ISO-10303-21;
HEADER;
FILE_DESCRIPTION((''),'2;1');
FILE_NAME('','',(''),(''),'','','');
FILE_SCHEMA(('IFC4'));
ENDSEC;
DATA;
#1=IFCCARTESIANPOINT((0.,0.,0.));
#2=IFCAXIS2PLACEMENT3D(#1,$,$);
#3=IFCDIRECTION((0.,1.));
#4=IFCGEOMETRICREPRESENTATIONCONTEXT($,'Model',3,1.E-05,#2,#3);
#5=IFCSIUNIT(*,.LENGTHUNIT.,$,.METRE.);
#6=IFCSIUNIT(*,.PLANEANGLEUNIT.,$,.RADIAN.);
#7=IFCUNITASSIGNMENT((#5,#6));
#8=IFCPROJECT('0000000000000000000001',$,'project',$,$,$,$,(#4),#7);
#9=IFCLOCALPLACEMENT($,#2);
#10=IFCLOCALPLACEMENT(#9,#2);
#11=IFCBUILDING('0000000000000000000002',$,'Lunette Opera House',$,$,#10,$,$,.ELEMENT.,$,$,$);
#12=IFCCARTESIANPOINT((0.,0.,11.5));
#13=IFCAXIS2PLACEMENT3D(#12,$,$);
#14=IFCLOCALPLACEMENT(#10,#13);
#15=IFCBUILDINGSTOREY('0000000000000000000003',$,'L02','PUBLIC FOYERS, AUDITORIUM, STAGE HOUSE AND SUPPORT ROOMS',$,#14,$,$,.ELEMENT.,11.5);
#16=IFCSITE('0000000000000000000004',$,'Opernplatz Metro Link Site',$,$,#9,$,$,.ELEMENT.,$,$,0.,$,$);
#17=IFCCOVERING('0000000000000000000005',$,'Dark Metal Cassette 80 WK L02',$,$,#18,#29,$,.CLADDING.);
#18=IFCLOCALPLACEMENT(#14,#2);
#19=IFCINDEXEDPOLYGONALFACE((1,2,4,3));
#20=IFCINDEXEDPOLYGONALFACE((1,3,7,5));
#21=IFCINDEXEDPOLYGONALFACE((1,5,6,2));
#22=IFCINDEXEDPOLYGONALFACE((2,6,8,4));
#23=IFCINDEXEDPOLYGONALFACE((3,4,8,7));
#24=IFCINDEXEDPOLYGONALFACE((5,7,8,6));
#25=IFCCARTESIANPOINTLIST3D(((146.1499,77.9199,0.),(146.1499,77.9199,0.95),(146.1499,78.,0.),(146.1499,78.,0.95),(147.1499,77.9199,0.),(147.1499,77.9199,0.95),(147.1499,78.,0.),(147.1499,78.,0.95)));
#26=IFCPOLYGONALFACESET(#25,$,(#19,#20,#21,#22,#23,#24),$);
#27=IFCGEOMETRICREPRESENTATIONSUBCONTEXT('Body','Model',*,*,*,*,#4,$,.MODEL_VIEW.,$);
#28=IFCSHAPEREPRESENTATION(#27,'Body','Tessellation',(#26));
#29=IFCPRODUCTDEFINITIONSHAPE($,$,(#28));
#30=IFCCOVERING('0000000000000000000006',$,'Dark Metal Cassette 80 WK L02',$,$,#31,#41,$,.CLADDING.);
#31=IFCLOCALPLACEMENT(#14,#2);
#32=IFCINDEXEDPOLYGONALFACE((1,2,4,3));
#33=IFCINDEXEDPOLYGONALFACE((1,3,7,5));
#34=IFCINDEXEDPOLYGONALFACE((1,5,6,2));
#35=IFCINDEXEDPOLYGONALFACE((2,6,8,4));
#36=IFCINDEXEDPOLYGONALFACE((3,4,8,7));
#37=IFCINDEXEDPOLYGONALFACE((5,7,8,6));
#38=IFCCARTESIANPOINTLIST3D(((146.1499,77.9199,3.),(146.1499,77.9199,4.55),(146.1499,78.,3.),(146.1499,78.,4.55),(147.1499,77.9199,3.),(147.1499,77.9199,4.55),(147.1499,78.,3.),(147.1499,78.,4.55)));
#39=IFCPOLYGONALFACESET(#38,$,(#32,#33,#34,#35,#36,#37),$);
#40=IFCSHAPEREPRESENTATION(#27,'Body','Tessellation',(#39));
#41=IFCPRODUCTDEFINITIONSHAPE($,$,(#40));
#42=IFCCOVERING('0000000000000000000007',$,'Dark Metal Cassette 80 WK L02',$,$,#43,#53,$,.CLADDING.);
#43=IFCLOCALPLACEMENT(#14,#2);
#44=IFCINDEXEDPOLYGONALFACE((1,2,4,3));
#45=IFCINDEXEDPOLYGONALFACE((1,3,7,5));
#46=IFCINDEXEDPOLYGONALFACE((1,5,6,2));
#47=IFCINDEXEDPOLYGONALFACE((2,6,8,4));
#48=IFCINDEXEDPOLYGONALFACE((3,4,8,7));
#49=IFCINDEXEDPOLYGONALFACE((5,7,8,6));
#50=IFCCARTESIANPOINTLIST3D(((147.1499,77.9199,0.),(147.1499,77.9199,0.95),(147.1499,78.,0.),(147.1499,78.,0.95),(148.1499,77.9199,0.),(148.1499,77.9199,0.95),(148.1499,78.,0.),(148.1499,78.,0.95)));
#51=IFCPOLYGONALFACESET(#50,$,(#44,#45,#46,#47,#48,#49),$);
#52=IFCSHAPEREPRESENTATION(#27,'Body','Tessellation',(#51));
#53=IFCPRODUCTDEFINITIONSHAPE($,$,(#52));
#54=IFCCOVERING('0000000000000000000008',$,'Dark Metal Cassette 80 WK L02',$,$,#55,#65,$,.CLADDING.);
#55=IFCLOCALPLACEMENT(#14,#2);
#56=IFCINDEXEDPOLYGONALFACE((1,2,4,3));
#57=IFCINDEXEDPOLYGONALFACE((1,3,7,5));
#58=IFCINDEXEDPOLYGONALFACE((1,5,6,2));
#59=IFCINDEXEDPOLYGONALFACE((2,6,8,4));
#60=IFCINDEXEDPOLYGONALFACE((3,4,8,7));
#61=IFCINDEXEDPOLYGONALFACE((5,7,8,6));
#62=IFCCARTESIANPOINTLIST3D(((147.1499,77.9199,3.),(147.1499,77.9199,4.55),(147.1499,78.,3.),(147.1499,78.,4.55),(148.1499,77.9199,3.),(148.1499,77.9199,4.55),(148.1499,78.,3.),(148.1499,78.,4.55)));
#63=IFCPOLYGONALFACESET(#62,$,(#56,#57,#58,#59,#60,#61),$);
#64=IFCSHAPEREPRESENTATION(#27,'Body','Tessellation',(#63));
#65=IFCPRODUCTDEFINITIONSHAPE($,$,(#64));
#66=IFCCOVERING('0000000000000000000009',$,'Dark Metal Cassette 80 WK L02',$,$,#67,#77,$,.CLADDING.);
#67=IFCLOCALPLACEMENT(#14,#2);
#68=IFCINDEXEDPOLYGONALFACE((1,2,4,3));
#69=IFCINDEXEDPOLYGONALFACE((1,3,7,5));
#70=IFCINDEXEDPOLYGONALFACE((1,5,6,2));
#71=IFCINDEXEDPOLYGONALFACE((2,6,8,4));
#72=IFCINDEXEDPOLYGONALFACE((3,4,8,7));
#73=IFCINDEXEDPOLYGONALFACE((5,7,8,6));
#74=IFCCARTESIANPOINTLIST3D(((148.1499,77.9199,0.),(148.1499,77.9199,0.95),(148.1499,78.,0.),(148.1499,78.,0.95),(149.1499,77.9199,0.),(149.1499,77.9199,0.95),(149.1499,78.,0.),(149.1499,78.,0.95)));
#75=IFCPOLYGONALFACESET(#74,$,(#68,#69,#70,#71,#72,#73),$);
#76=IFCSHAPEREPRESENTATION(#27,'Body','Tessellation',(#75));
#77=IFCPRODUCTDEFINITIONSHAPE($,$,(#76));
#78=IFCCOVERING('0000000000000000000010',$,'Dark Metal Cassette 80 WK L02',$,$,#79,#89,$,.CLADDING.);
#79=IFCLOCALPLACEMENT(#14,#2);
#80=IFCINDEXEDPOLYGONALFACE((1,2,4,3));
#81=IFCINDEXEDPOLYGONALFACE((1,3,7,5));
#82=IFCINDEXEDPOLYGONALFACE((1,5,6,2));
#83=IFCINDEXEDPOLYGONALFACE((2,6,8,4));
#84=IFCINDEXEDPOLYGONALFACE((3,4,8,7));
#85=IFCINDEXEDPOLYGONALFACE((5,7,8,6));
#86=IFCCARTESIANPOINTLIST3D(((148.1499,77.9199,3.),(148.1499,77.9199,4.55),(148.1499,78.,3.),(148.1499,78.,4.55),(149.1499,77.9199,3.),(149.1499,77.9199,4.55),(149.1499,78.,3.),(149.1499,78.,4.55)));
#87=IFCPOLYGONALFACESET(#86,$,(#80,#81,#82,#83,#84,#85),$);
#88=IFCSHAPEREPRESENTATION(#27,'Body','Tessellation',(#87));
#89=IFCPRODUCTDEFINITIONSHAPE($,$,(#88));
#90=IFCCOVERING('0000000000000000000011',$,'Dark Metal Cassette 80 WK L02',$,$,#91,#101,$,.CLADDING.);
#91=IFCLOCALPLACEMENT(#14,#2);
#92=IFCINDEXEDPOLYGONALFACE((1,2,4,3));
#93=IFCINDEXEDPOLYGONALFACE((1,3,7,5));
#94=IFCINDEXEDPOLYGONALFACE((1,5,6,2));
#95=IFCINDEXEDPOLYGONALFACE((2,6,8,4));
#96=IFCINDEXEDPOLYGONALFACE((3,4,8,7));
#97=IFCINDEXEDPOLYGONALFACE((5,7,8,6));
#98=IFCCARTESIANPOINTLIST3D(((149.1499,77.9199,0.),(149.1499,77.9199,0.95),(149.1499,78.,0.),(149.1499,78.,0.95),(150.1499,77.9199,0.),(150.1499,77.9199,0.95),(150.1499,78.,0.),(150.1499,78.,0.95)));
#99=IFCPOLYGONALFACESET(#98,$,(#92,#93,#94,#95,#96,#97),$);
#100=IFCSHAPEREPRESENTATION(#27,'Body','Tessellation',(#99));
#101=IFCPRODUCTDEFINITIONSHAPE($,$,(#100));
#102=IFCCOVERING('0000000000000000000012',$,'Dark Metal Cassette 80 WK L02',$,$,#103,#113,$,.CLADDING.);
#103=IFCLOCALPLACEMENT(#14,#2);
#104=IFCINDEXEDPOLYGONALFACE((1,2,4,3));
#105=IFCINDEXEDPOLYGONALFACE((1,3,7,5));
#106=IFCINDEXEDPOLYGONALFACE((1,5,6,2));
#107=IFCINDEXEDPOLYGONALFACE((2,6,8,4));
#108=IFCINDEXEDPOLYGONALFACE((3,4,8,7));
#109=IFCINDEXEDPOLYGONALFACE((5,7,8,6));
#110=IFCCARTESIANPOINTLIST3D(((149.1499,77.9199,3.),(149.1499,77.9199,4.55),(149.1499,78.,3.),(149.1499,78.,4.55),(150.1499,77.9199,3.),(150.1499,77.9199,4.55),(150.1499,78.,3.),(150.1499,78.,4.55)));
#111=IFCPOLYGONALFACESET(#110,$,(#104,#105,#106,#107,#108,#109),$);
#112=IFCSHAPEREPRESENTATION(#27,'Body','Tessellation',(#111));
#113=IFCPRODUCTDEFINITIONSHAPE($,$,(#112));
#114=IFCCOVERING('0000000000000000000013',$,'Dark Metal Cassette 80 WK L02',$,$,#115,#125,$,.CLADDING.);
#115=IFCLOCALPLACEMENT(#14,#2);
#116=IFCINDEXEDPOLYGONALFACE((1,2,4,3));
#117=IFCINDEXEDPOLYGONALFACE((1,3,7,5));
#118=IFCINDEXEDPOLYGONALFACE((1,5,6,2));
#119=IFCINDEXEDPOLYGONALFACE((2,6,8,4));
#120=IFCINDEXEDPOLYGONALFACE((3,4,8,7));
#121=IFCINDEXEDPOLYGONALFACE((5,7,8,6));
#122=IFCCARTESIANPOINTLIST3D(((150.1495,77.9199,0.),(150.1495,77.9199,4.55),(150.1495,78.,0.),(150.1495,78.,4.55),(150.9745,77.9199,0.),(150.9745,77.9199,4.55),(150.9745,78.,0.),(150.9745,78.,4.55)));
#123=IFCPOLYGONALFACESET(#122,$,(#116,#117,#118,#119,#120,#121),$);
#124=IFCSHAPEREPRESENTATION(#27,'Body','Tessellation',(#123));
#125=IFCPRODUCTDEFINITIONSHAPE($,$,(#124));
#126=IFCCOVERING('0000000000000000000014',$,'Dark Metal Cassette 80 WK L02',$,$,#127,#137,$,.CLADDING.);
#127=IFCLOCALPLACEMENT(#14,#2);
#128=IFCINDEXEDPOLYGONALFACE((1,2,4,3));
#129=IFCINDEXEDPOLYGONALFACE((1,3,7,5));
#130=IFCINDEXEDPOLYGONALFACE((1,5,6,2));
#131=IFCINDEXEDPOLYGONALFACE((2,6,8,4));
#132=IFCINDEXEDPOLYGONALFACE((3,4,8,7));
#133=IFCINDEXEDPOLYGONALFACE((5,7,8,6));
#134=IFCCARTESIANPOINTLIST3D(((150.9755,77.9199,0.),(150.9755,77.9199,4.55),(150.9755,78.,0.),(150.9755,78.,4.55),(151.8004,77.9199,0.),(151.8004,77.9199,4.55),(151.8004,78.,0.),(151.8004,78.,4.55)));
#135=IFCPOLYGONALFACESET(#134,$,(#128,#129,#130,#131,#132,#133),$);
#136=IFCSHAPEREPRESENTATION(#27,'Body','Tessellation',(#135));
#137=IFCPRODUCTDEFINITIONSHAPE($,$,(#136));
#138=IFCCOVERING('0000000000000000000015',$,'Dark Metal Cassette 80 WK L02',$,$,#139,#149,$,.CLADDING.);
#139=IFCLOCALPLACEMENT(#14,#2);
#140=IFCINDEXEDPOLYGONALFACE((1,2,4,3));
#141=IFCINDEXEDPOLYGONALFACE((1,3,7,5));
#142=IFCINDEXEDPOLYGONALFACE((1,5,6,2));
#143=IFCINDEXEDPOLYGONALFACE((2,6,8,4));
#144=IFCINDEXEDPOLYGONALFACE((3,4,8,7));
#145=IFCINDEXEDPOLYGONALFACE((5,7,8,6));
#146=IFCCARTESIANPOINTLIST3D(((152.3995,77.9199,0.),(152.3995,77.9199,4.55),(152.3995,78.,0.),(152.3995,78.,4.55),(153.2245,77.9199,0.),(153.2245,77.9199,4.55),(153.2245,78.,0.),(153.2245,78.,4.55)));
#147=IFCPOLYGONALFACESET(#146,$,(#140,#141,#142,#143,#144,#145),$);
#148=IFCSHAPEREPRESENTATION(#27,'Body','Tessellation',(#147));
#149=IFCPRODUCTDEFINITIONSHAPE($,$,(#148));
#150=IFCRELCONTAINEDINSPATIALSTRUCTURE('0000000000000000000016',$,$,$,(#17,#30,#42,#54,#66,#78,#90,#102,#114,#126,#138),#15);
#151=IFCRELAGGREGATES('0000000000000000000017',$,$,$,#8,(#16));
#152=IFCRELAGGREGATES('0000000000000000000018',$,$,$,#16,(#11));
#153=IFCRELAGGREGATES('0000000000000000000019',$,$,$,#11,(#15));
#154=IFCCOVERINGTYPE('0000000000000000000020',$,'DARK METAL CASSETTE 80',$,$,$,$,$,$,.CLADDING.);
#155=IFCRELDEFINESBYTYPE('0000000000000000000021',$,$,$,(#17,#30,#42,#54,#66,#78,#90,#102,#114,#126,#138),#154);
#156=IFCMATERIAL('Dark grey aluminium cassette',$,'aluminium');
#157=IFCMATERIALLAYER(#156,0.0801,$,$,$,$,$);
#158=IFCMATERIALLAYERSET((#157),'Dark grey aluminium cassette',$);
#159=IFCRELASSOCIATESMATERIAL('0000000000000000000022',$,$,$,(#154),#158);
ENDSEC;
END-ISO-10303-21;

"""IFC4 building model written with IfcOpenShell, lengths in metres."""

from ifc_helpers import new_model, si_unit, direction, frame, origin, origin_2d, place, context, subcontext, project, spatial, rectangle, extrude, material, layer, layer_set, type_object, element, save


model = new_model("IFC4")

# Units and contexts
model_context = context("Model", 3, precision=1e-05, world=origin(), true_north=direction((0.0, 1.0)))
body_context = subcontext(model_context, "Body", "Model", "MODEL_VIEW")
ifc_project = project(units=[si_unit("LENGTHUNIT", "METRE"), si_unit("PLANEANGLEUNIT", "RADIAN")], contexts=[model_context])

# Site, building, storey
site_placement = place(None, origin())
site = spatial("IfcSite", under=ifc_project, at=site_placement, Name="Opernplatz Metro Link Site", CompositionType="ELEMENT", RefElevation=0.0)
building_placement = place(site_placement, origin())
building = spatial("IfcBuilding", under=site, at=building_placement, Name="Lunette Opera House", CompositionType="ELEMENT")
storey_placement = place(building_placement, frame((0.0, 0.0, 11.5)))
storey = spatial("IfcBuildingStorey", under=building, at=storey_placement, Name="L02", Description="PUBLIC FOYERS, AUDITORIUM, STAGE HOUSE AND SUPPORT ROOMS", CompositionType="ELEMENT", Elevation=11.5)

# Coverings
ifc_material_1 = material(Name="Dark grey aluminium cassette", Category="aluminium")
ifc_layer_1 = layer(ifc_material_1, 0.0801)
ifc_layer_set_1 = layer_set([ifc_layer_1], Name="Dark grey aluminium cassette")
covering_type = type_object("IfcCoveringType", Name="DARK METAL CASSETTE 80", PredefinedType="CLADDING", material=ifc_layer_set_1)
covering_1_placement = place(storey_placement, frame((146.6499, 77.96, 0.0), z_axis=(0.0, 0.0, 1.0), x_axis=(1.0, 0.0, 0.0)))
element("IfcCovering", 1, at=covering_1_placement, inside=storey, type_object=covering_type, Name="Dark Metal Cassette 80 WK L02", PredefinedType="CLADDING", context=body_context, shape_type="SweptSolid", body=[
    extrude(rectangle(XDim=1.0, YDim=0.0801, at=origin_2d()), origin(), (0.0, 0.0, 1.0), 0.95),
])
covering_2_placement = place(storey_placement, frame((146.6499, 77.96, 3.0), z_axis=(0.0, 0.0, 1.0), x_axis=(1.0, 0.0, 0.0)))
element("IfcCovering", 2, at=covering_2_placement, inside=storey, type_object=covering_type, Name="Dark Metal Cassette 80 WK L02", PredefinedType="CLADDING", context=body_context, shape_type="SweptSolid", body=[
    extrude(rectangle(XDim=1.0, YDim=0.0801, at=origin_2d()), origin(), (0.0, 0.0, 1.0), 1.55),
])
covering_3_placement = place(storey_placement, frame((147.6499, 77.96, 0.0), z_axis=(0.0, 0.0, 1.0), x_axis=(1.0, 0.0, 0.0)))
element("IfcCovering", 3, at=covering_3_placement, inside=storey, type_object=covering_type, Name="Dark Metal Cassette 80 WK L02", PredefinedType="CLADDING", context=body_context, shape_type="SweptSolid", body=[
    extrude(rectangle(XDim=1.0, YDim=0.0801, at=origin_2d()), origin(), (0.0, 0.0, 1.0), 0.95),
])
covering_4_placement = place(storey_placement, frame((147.6499, 77.96, 3.0), z_axis=(0.0, 0.0, 1.0), x_axis=(1.0, 0.0, 0.0)))
element("IfcCovering", 4, at=covering_4_placement, inside=storey, type_object=covering_type, Name="Dark Metal Cassette 80 WK L02", PredefinedType="CLADDING", context=body_context, shape_type="SweptSolid", body=[
    extrude(rectangle(XDim=1.0, YDim=0.0801, at=origin_2d()), origin(), (0.0, 0.0, 1.0), 1.55),
])
covering_5_placement = place(storey_placement, frame((148.6499, 77.96, 0.0), z_axis=(0.0, 0.0, 1.0), x_axis=(1.0, 0.0, 0.0)))
element("IfcCovering", 5, at=covering_5_placement, inside=storey, type_object=covering_type, Name="Dark Metal Cassette 80 WK L02", PredefinedType="CLADDING", context=body_context, shape_type="SweptSolid", body=[
    extrude(rectangle(XDim=1.0, YDim=0.0801, at=origin_2d()), origin(), (0.0, 0.0, 1.0), 0.95),
])
covering_6_placement = place(storey_placement, frame((148.6499, 77.96, 3.0), z_axis=(0.0, 0.0, 1.0), x_axis=(1.0, 0.0, 0.0)))
element("IfcCovering", 6, at=covering_6_placement, inside=storey, type_object=covering_type, Name="Dark Metal Cassette 80 WK L02", PredefinedType="CLADDING", context=body_context, shape_type="SweptSolid", body=[
    extrude(rectangle(XDim=1.0, YDim=0.0801, at=origin_2d()), origin(), (0.0, 0.0, 1.0), 1.55),
])
covering_7_placement = place(storey_placement, frame((149.6499, 77.96, 0.0), z_axis=(0.0, 0.0, 1.0), x_axis=(1.0, 0.0, 0.0)))
element("IfcCovering", 7, at=covering_7_placement, inside=storey, type_object=covering_type, Name="Dark Metal Cassette 80 WK L02", PredefinedType="CLADDING", context=body_context, shape_type="SweptSolid", body=[
    extrude(rectangle(XDim=1.0, YDim=0.0801, at=origin_2d()), origin(), (0.0, 0.0, 1.0), 0.95),
])
covering_8_placement = place(storey_placement, frame((149.6499, 77.96, 3.0), z_axis=(0.0, 0.0, 1.0), x_axis=(1.0, 0.0, 0.0)))
element("IfcCovering", 8, at=covering_8_placement, inside=storey, type_object=covering_type, Name="Dark Metal Cassette 80 WK L02", PredefinedType="CLADDING", context=body_context, shape_type="SweptSolid", body=[
    extrude(rectangle(XDim=1.0, YDim=0.0801, at=origin_2d()), origin(), (0.0, 0.0, 1.0), 1.55),
])
for number, where, z_axis, x_axis, name in (
    (9, (150.562, 77.96, 0.0), (0.0, 0.0, 1.0), (1.0, 0.0, 0.0), "Dark Metal Cassette 80 WK L02"),
    (10, (151.3879, 77.96, 0.0), (0.0, 0.0, 1.0), (1.0, 0.0, 0.0), "Dark Metal Cassette 80 WK L02"),
    (11, (152.812, 77.96, 0.0), (0.0, 0.0, 1.0), (1.0, 0.0, 0.0), "Dark Metal Cassette 80 WK L02"),
):
    element("IfcCovering", number, at=place(storey_placement, frame(where, z_axis=z_axis, x_axis=x_axis)), inside=storey, type_object=covering_type, Name=name, PredefinedType="CLADDING", context=body_context, shape_type="SweptSolid", body=[
        extrude(rectangle(XDim=0.825, YDim=0.0801, at=origin_2d()), origin(), (0.0, 0.0, 1.0), 4.55),
    ])

save(model, "model.ifc")
